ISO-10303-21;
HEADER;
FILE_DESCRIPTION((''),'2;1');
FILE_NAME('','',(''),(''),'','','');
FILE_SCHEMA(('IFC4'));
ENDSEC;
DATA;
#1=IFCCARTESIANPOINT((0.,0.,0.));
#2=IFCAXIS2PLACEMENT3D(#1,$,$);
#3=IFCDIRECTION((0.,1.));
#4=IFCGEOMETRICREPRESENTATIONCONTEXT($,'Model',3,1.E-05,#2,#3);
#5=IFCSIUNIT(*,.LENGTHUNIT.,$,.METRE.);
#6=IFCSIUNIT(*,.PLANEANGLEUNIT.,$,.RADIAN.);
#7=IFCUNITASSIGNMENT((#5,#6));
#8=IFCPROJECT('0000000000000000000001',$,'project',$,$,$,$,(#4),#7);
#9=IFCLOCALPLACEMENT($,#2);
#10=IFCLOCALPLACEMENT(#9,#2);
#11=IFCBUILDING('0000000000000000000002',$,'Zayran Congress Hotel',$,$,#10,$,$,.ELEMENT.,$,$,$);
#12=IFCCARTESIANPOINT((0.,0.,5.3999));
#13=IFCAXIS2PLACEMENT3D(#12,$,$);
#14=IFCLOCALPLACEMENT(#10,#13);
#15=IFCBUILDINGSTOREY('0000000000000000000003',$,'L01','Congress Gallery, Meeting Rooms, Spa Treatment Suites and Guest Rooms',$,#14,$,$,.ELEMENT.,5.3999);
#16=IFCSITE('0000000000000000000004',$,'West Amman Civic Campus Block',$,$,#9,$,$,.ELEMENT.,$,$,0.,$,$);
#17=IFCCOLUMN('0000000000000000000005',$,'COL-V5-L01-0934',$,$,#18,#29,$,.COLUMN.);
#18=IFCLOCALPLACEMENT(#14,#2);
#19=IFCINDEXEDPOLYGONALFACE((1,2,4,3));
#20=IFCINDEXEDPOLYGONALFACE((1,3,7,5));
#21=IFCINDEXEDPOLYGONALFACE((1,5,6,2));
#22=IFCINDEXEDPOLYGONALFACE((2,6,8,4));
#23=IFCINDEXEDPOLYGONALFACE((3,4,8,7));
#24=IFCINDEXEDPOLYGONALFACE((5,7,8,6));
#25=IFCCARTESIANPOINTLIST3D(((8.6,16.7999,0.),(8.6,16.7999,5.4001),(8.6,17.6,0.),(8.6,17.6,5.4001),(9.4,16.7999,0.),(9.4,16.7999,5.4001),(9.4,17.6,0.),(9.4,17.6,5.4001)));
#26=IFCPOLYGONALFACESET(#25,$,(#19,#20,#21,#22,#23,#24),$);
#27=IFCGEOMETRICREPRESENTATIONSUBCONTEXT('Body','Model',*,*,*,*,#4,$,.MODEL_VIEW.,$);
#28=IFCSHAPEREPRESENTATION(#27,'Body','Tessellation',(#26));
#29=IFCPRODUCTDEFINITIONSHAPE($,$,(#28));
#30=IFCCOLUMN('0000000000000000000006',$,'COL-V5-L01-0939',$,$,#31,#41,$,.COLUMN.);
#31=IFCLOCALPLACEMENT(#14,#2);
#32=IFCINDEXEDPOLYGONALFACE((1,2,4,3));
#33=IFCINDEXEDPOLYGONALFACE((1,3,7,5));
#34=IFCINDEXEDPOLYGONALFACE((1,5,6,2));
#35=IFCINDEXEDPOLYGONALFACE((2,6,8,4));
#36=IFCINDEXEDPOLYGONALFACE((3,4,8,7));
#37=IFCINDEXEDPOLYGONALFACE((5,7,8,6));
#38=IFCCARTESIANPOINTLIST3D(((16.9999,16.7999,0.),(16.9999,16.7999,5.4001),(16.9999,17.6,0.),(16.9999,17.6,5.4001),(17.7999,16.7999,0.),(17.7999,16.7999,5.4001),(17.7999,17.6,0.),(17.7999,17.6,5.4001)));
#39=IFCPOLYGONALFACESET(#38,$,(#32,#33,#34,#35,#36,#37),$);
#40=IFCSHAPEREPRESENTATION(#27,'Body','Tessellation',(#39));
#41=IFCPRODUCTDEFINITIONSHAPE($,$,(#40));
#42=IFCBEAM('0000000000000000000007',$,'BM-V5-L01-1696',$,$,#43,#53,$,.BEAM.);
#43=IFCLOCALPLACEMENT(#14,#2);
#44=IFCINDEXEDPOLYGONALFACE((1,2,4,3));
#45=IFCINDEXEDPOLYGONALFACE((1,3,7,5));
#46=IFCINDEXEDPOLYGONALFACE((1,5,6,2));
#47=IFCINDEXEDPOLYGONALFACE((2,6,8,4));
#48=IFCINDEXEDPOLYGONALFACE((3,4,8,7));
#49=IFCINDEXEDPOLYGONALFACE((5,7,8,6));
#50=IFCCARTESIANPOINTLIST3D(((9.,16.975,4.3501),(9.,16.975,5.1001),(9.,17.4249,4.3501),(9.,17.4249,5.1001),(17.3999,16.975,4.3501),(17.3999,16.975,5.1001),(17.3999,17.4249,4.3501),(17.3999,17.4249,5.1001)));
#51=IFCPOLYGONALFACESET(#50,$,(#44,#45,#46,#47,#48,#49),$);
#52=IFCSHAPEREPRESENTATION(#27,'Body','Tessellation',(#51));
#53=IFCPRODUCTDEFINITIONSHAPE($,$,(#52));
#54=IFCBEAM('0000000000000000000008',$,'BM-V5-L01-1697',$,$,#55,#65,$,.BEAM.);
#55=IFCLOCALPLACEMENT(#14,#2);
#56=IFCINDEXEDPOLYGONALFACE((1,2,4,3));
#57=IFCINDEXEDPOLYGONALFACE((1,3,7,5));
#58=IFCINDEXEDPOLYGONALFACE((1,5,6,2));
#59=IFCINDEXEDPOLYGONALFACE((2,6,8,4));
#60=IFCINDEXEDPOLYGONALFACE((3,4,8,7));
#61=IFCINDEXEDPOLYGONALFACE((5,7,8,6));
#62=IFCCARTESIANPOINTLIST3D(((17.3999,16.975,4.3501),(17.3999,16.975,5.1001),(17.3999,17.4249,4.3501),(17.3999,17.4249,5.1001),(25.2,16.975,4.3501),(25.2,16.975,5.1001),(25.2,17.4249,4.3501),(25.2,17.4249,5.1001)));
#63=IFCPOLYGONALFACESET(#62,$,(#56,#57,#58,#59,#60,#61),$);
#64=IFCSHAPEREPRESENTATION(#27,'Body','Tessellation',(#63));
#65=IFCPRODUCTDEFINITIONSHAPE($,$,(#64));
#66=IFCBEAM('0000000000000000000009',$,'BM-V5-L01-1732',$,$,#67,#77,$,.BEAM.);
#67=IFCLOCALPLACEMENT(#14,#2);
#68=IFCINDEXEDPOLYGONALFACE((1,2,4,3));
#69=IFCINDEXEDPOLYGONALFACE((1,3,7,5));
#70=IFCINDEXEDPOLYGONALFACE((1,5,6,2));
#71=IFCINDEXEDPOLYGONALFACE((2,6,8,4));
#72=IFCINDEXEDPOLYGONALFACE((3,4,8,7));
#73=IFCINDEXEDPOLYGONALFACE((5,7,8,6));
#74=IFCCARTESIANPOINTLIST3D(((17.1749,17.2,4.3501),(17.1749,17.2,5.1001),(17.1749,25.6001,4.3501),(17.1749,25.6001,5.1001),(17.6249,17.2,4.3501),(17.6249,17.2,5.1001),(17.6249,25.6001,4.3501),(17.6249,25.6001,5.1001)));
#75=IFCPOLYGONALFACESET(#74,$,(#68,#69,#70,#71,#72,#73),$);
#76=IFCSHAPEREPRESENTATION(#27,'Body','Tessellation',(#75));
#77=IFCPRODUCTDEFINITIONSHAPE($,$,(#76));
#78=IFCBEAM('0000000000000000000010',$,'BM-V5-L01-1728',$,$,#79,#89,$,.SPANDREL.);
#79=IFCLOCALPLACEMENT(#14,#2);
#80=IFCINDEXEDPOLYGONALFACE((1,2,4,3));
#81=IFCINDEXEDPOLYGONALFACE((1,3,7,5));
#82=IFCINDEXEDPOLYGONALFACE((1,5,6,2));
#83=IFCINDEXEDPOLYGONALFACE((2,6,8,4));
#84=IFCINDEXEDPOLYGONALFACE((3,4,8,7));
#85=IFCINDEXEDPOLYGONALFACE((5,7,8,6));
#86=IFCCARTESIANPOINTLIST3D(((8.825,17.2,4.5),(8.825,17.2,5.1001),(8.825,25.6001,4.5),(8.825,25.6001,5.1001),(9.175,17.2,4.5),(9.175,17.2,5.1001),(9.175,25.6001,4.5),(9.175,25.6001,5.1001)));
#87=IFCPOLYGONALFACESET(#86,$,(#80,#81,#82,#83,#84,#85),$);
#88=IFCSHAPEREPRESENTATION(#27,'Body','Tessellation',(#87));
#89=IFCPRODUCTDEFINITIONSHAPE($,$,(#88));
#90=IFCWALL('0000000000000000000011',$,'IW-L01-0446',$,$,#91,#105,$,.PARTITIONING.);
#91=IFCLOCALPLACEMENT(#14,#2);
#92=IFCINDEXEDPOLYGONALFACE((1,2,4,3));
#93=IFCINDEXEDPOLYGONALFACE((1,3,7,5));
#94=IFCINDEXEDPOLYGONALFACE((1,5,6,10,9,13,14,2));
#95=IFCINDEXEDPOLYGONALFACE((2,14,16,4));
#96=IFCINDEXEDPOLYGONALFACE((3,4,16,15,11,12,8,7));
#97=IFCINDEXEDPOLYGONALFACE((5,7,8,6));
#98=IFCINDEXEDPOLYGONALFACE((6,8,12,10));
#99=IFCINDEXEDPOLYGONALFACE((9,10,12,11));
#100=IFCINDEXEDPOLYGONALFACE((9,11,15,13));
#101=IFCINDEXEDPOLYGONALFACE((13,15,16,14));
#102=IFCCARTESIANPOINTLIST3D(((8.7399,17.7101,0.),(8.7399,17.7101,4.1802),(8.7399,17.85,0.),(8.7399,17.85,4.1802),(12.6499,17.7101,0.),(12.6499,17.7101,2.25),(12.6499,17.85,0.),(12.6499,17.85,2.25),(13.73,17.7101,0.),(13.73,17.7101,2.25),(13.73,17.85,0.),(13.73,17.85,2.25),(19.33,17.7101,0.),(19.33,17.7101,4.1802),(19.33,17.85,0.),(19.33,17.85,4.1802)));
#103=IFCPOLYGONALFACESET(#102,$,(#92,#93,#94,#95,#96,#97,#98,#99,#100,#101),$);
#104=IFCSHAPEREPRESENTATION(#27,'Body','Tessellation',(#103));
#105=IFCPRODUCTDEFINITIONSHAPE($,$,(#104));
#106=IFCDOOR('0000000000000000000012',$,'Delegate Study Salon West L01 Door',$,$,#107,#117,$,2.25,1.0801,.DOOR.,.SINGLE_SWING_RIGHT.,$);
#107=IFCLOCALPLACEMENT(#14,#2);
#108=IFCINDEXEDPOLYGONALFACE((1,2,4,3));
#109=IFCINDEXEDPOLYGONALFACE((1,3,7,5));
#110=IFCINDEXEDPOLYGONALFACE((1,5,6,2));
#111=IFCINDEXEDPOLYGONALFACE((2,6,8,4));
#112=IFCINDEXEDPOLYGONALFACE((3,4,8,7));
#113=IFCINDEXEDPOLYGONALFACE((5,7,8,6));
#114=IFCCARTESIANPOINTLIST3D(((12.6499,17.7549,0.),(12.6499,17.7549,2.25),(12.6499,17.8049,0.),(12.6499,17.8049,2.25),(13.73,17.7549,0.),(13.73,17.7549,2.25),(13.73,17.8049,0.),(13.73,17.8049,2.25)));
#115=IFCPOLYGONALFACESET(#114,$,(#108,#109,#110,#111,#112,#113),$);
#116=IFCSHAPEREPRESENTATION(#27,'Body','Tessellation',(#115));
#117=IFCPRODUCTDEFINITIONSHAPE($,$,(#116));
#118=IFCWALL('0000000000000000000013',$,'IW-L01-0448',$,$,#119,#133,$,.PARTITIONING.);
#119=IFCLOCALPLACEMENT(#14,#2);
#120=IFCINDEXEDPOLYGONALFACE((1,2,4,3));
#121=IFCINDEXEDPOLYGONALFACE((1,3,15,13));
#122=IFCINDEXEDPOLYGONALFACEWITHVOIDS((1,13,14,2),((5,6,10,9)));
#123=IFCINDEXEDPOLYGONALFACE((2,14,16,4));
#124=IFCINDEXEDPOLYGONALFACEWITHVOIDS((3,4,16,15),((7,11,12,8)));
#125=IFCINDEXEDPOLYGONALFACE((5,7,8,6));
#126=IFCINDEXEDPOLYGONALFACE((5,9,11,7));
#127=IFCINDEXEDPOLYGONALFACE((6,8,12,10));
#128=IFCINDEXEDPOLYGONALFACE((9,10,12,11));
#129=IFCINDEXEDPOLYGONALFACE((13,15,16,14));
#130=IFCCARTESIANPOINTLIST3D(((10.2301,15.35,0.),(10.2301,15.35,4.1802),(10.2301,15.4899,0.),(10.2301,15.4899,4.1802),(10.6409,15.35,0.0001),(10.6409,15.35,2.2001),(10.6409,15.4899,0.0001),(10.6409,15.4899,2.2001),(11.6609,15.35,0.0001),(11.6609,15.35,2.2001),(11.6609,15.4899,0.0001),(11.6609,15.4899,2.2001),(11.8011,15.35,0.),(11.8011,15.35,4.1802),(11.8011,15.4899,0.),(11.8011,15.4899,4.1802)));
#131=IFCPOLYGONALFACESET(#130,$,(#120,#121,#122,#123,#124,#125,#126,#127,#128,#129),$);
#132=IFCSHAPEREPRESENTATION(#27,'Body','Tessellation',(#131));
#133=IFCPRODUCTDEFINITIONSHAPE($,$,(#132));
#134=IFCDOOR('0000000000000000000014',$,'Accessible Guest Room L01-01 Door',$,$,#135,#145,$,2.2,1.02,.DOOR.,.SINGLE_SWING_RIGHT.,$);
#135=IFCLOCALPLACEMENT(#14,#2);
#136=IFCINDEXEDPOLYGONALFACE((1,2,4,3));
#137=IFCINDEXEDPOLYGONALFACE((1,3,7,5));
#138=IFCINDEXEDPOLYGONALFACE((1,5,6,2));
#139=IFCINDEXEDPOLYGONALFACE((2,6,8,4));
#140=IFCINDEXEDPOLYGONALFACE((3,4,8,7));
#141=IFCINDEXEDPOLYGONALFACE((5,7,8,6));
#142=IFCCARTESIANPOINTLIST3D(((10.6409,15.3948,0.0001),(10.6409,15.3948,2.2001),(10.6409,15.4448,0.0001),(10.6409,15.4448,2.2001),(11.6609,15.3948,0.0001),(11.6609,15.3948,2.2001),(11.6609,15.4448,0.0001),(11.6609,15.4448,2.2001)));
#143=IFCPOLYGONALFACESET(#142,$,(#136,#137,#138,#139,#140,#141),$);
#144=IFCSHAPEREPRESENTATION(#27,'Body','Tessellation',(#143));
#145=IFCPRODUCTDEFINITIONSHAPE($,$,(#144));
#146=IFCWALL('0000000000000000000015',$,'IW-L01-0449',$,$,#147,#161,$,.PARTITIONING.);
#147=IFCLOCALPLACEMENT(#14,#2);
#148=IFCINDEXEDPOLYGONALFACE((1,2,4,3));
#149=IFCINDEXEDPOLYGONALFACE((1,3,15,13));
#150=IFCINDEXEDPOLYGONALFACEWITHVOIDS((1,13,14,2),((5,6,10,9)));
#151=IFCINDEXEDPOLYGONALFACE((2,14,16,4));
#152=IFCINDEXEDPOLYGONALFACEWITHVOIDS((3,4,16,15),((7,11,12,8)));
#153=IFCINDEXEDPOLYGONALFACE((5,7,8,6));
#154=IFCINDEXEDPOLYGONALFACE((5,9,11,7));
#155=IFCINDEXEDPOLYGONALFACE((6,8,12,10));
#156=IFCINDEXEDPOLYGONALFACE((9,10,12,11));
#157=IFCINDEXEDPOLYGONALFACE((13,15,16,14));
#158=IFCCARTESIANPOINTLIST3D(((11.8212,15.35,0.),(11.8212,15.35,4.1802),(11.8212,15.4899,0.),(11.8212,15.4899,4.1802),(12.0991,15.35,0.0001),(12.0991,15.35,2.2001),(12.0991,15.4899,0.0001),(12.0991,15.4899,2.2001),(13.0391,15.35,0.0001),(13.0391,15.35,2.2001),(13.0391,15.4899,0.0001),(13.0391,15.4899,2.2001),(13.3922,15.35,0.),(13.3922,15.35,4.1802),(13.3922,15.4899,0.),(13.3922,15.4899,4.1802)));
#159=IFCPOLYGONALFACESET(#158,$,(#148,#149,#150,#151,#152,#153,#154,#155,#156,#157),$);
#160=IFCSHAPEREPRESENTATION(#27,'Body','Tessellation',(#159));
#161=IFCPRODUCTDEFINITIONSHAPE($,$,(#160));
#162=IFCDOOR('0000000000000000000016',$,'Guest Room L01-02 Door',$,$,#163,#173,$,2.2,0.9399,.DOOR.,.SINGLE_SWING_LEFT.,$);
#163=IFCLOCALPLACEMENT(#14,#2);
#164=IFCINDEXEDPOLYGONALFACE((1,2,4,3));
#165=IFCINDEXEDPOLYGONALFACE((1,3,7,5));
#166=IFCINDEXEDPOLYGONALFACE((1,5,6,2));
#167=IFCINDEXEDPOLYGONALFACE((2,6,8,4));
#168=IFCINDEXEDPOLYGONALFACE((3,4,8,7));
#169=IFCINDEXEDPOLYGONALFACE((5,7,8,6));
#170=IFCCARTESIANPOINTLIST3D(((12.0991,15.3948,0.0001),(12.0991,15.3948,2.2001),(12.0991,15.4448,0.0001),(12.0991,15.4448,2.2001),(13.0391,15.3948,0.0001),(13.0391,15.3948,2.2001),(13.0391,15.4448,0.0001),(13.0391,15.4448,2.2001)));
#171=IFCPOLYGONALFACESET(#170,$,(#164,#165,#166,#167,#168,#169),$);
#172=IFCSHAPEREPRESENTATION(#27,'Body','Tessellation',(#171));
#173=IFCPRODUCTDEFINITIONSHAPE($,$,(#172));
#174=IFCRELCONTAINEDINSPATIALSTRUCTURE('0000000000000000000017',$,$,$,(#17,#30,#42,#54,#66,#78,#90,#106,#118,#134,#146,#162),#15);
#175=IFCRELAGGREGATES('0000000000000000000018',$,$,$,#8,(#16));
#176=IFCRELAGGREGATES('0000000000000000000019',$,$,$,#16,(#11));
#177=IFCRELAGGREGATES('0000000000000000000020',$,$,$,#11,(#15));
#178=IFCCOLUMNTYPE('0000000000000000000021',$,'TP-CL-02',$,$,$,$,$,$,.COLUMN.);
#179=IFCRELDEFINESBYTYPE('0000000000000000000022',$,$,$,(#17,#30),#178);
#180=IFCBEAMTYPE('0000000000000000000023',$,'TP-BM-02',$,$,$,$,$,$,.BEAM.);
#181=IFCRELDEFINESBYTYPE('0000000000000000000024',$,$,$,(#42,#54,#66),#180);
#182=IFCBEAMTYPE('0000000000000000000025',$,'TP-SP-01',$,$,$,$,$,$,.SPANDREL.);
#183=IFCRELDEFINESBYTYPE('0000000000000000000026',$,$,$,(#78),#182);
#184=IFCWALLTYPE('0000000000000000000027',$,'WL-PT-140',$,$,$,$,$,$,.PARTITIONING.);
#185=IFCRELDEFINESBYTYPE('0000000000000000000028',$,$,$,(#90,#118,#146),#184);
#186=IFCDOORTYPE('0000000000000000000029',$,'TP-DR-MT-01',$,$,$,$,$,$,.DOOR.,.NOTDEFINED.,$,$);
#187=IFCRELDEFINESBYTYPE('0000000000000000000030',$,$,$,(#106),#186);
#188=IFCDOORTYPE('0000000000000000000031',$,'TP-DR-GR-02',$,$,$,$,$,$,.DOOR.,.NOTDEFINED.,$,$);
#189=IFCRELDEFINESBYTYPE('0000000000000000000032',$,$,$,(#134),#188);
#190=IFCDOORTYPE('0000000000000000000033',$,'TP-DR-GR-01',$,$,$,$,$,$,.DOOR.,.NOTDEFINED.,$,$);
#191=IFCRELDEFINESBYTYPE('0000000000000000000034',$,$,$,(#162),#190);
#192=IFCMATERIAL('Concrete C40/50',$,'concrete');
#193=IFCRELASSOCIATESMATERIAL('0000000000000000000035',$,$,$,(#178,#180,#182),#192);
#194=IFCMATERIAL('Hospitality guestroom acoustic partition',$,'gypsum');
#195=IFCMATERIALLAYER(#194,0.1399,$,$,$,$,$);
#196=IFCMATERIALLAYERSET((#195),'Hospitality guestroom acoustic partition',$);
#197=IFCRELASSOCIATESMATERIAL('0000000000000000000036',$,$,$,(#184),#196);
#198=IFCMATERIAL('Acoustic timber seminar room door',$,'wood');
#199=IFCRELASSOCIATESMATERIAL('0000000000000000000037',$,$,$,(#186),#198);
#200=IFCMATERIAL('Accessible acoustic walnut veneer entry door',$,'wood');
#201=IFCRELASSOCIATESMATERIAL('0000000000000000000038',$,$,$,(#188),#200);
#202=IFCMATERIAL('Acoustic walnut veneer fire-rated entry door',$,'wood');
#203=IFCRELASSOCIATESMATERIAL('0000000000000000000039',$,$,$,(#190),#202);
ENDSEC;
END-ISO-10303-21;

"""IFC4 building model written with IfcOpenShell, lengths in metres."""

from ifc_helpers import new_model, si_unit, direction, frame, frame_2d, origin, origin_2d, place, context, subcontext, project, spatial, rectangle, extrude, material, layer, layer_set, material_profile, profile_set, type_object, element, fill, save


model = new_model("IFC4")

# Units and contexts
model_context = context("Model", 3, precision=1e-05, world=origin(), true_north=direction((0.0, 1.0)))
body_context = subcontext(model_context, "Body", "Model", "MODEL_VIEW")
ifc_project = project(units=[si_unit("LENGTHUNIT", "METRE"), si_unit("PLANEANGLEUNIT", "RADIAN")], contexts=[model_context])

# Site, building, storey
site_placement = place(None, origin())
site = spatial("IfcSite", under=ifc_project, at=site_placement, Name="West Amman Civic Campus Block", CompositionType="ELEMENT", RefElevation=0.0)
building_placement = place(site_placement, origin())
building = spatial("IfcBuilding", under=site, at=building_placement, Name="Zayran Congress Hotel", CompositionType="ELEMENT")
storey_placement = place(building_placement, frame((0.0, 0.0, 5.3999)))
storey = spatial("IfcBuildingStorey", under=building, at=storey_placement, Name="L01", Description="Congress Gallery, Meeting Rooms, Spa Treatment Suites and Guest Rooms", CompositionType="ELEMENT", Elevation=5.3999)

# Columns
ifc_material_1 = material(Name="Concrete C40/50", Category="concrete")
ifc_material_profile_1 = material_profile(ifc_material_1, rectangle(XDim=0.8, YDim=0.8, at=origin_2d()), Name="RC 800x800")
ifc_profile_set_1 = profile_set([ifc_material_profile_1], Name="Concrete C40/50")
column_type = type_object("IfcColumnType", Name="TP-CL-02", PredefinedType="COLUMN", material=ifc_profile_set_1)
for number, where, z_axis, x_axis, name in (
    (1, (9.0, 17.2, 0.0), (0.0, 0.0, 1.0), (1.0, 0.0, 0.0), "COL-V5-L01-0934"),
    (2, (17.3999, 17.2, 0.0), (0.0, 0.0, 1.0), (1.0, 0.0, 0.0), "COL-V5-L01-0939"),
):
    element("IfcColumn", number, at=place(storey_placement, frame(where, z_axis=z_axis, x_axis=x_axis)), inside=storey, type_object=column_type, Name=name, PredefinedType="COLUMN", context=body_context, shape_type="SweptSolid", body=[
        extrude(rectangle(XDim=0.8, YDim=0.8, at=origin_2d()), origin(), (0.0, 0.0, 1.0), 5.4001),
    ])

# Beams
ifc_material_profile_2 = material_profile(ifc_material_1, rectangle(XDim=0.45, YDim=0.75, at=origin_2d()), Name="RC 450x750")
ifc_profile_set_2 = profile_set([ifc_material_profile_2], Name="Concrete C40/50")
beam_type_1 = type_object("IfcBeamType", Name="TP-BM-02", PredefinedType="BEAM", material=ifc_profile_set_2)
beam_1_placement = place(storey_placement, frame((9.0, 17.2, 4.7251), z_axis=(1.0, 0.0, 0.0), x_axis=(0.0, 1.0, 0.0)))
element("IfcBeam", 3, at=beam_1_placement, inside=storey, type_object=beam_type_1, Name="BM-V5-L01-1696", PredefinedType="BEAM", context=body_context, shape_type="SweptSolid", body=[
    extrude(rectangle(XDim=0.45, YDim=0.75, at=origin_2d()), origin(), (0.0, 0.0, 1.0), 8.3999),
])
beam_2_placement = place(storey_placement, frame((17.3999, 17.2, 4.7251), z_axis=(1.0, 0.0, 0.0), x_axis=(0.0, 1.0, 0.0)))
element("IfcBeam", 4, at=beam_2_placement, inside=storey, type_object=beam_type_1, Name="BM-V5-L01-1697", PredefinedType="BEAM", context=body_context, shape_type="SweptSolid", body=[
    extrude(rectangle(XDim=0.45, YDim=0.75, at=origin_2d()), origin(), (0.0, 0.0, 1.0), 7.8),
])
beam_3_placement = place(storey_placement, frame((17.3999, 17.2, 4.7251), z_axis=(0.0, 1.0, 0.0), x_axis=(-1.0, 0.0, 0.0)))
element("IfcBeam", 5, at=beam_3_placement, inside=storey, type_object=beam_type_1, Name="BM-V5-L01-1732", PredefinedType="BEAM", context=body_context, shape_type="SweptSolid", body=[
    extrude(rectangle(XDim=0.45, YDim=0.75, at=origin_2d()), origin(), (0.0, 0.0, 1.0), 8.4001),
])
ifc_material_profile_3 = material_profile(ifc_material_1, rectangle(XDim=0.3501, YDim=0.6001, at=origin_2d()), Name="RC 350x600")
ifc_profile_set_3 = profile_set([ifc_material_profile_3], Name="Concrete C40/50")
beam_type_2 = type_object("IfcBeamType", Name="TP-SP-01", PredefinedType="SPANDREL", material=ifc_profile_set_3)
beam_4_placement = place(storey_placement, frame((9.0, 17.2, 4.8), z_axis=(0.0, 1.0, 0.0), x_axis=(-1.0, 0.0, 0.0)))
element("IfcBeam", 6, at=beam_4_placement, inside=storey, type_object=beam_type_2, Name="BM-V5-L01-1728", PredefinedType="SPANDREL", context=body_context, shape_type="SweptSolid", body=[
    extrude(rectangle(XDim=0.3501, YDim=0.6001, at=origin_2d()), origin(), (0.0, 0.0, 1.0), 8.4001),
])

# Walls, openings, doors
ifc_material_2 = material(Name="Hospitality guestroom acoustic partition", Category="gypsum")
ifc_layer_1 = layer(ifc_material_2, 0.1399)
ifc_layer_set_1 = layer_set([ifc_layer_1], Name="Hospitality guestroom acoustic partition")
wall_type_1 = type_object("IfcWallType", Name="WL-PT-140", PredefinedType="PARTITIONING", material=ifc_layer_set_1)
wall_1_placement = place(storey_placement, frame((8.74, 17.78, 0.0), z_axis=(0.0, 0.0, 1.0), x_axis=(1.0, 0.0, 0.0)))
wall_1 = element("IfcWall", 7, at=wall_1_placement, inside=storey, type_object=wall_type_1, Name="IW-L01-0446", PredefinedType="PARTITIONING", context=body_context, shape_type="SweptSolid", body=[
    extrude(rectangle(XDim=10.5901, YDim=0.1399, at=frame_2d((5.2949, 0.0))), origin(), (0.0, 0.0, 1.0), 4.1802),
])
opening_1_placement = place(wall_1_placement, frame((3.9099, 0.0, 0.0)))
opening_1 = element("IfcOpeningElement", 8, at=opening_1_placement, cuts=wall_1, PredefinedType="OPENING", context=body_context, shape_type="SweptSolid", body=[
    extrude(rectangle(XDim=1.0801, YDim=2.25, at=frame_2d((0.54, 1.125))), frame((0.0, 0.0798, 0.0), z_axis=(0.0, -1.0, 0.0), x_axis=(1.0, 0.0, 0.0)), (0.0, 0.0, 1.0), 0.1599),
])
ifc_material_3 = material(Name="Acoustic timber seminar room door", Category="wood")
door_type_1 = type_object("IfcDoorType", Name="TP-DR-MT-01", OperationType="NOTDEFINED", PredefinedType="DOOR", material=ifc_material_3)
door_1_placement = place(opening_1_placement, origin())
door_1 = element("IfcDoor", 9, at=door_1_placement, inside=storey, type_object=door_type_1, Name="Delegate Study Salon West L01 Door", OperationType="SINGLE_SWING_RIGHT", OverallHeight=2.25, OverallWidth=1.0801, PredefinedType="DOOR", context=body_context, shape_type="SweptSolid", body=[
    extrude(rectangle(XDim=1.0801, YDim=2.25, at=frame_2d((0.54, 1.125))), frame((0.0, 0.0249, 0.0), z_axis=(0.0, -1.0, 0.0), x_axis=(1.0, 0.0, 0.0)), (0.0, 0.0, 1.0), 0.05),
])
fill(opening_1, door_1)
wall_2_placement = place(storey_placement, frame((10.23, 15.4199, 0.0), z_axis=(0.0, 0.0, 1.0), x_axis=(1.0, 0.0, 0.0)))
wall_2 = element("IfcWall", 10, at=wall_2_placement, inside=storey, type_object=wall_type_1, Name="IW-L01-0448", PredefinedType="PARTITIONING", context=body_context, shape_type="SweptSolid", body=[
    extrude(rectangle(XDim=1.571, YDim=0.1399, at=frame_2d((0.7856, 0.0))), origin(), (0.0, 0.0, 1.0), 4.1802),
])
opening_2_placement = place(wall_2_placement, frame((0.4109, 0.0, 0.0)))
opening_2 = element("IfcOpeningElement", 11, at=opening_2_placement, cuts=wall_2, PredefinedType="OPENING", context=body_context, shape_type="SweptSolid", body=[
    extrude(rectangle(XDim=1.02, YDim=2.2, at=frame_2d((0.51, 1.1001))), frame((0.0, 0.0798, 0.0), z_axis=(0.0, -1.0, 0.0), x_axis=(1.0, 0.0, 0.0)), (0.0, 0.0, 1.0), 0.1599),
])
ifc_material_4 = material(Name="Accessible acoustic walnut veneer entry door", Category="wood")
door_type_2 = type_object("IfcDoorType", Name="TP-DR-GR-02", OperationType="NOTDEFINED", PredefinedType="DOOR", material=ifc_material_4)
door_2_placement = place(opening_2_placement, origin())
door_2 = element("IfcDoor", 12, at=door_2_placement, inside=storey, type_object=door_type_2, Name="Accessible Guest Room L01-01 Door", OperationType="SINGLE_SWING_RIGHT", OverallHeight=2.2, OverallWidth=1.02, PredefinedType="DOOR", context=body_context, shape_type="SweptSolid", body=[
    extrude(rectangle(XDim=1.02, YDim=2.2, at=frame_2d((0.51, 1.1001))), frame((0.0, 0.0249, 0.0), z_axis=(0.0, -1.0, 0.0), x_axis=(1.0, 0.0, 0.0)), (0.0, 0.0, 1.0), 0.05),
])
fill(opening_2, door_2)
wall_3_placement = place(storey_placement, frame((11.821, 15.4199, 0.0), z_axis=(0.0, 0.0, 1.0), x_axis=(1.0, 0.0, 0.0)))
wall_3 = element("IfcWall", 13, at=wall_3_placement, inside=storey, type_object=wall_type_1, Name="IW-L01-0449", PredefinedType="PARTITIONING", context=body_context, shape_type="SweptSolid", body=[
    extrude(rectangle(XDim=1.571, YDim=0.1399, at=frame_2d((0.7856, 0.0))), origin(), (0.0, 0.0, 1.0), 4.1802),
])
opening_3_placement = place(wall_3_placement, frame((0.2781, 0.0, 0.0)))
opening_3 = element("IfcOpeningElement", 14, at=opening_3_placement, cuts=wall_3, PredefinedType="OPENING", context=body_context, shape_type="SweptSolid", body=[
    extrude(rectangle(XDim=0.9399, YDim=2.2, at=frame_2d((0.47, 1.1001))), frame((0.0, 0.0798, 0.0), z_axis=(0.0, -1.0, 0.0), x_axis=(1.0, 0.0, 0.0)), (0.0, 0.0, 1.0), 0.1599),
])
ifc_material_5 = material(Name="Acoustic walnut veneer fire-rated entry door", Category="wood")
door_type_3 = type_object("IfcDoorType", Name="TP-DR-GR-01", OperationType="NOTDEFINED", PredefinedType="DOOR", material=ifc_material_5)
door_3_placement = place(opening_3_placement, origin())
door_3 = element("IfcDoor", 15, at=door_3_placement, inside=storey, type_object=door_type_3, Name="Guest Room L01-02 Door", OperationType="SINGLE_SWING_LEFT", OverallHeight=2.2, OverallWidth=0.9399, PredefinedType="DOOR", context=body_context, shape_type="SweptSolid", body=[
    extrude(rectangle(XDim=0.9399, YDim=2.2, at=frame_2d((0.47, 1.1001))), frame((0.0, 0.0249, 0.0), z_axis=(0.0, -1.0, 0.0), x_axis=(1.0, 0.0, 0.0)), (0.0, 0.0, 1.0), 0.05),
])
fill(opening_3, door_3)

save(model, "model.ifc")
